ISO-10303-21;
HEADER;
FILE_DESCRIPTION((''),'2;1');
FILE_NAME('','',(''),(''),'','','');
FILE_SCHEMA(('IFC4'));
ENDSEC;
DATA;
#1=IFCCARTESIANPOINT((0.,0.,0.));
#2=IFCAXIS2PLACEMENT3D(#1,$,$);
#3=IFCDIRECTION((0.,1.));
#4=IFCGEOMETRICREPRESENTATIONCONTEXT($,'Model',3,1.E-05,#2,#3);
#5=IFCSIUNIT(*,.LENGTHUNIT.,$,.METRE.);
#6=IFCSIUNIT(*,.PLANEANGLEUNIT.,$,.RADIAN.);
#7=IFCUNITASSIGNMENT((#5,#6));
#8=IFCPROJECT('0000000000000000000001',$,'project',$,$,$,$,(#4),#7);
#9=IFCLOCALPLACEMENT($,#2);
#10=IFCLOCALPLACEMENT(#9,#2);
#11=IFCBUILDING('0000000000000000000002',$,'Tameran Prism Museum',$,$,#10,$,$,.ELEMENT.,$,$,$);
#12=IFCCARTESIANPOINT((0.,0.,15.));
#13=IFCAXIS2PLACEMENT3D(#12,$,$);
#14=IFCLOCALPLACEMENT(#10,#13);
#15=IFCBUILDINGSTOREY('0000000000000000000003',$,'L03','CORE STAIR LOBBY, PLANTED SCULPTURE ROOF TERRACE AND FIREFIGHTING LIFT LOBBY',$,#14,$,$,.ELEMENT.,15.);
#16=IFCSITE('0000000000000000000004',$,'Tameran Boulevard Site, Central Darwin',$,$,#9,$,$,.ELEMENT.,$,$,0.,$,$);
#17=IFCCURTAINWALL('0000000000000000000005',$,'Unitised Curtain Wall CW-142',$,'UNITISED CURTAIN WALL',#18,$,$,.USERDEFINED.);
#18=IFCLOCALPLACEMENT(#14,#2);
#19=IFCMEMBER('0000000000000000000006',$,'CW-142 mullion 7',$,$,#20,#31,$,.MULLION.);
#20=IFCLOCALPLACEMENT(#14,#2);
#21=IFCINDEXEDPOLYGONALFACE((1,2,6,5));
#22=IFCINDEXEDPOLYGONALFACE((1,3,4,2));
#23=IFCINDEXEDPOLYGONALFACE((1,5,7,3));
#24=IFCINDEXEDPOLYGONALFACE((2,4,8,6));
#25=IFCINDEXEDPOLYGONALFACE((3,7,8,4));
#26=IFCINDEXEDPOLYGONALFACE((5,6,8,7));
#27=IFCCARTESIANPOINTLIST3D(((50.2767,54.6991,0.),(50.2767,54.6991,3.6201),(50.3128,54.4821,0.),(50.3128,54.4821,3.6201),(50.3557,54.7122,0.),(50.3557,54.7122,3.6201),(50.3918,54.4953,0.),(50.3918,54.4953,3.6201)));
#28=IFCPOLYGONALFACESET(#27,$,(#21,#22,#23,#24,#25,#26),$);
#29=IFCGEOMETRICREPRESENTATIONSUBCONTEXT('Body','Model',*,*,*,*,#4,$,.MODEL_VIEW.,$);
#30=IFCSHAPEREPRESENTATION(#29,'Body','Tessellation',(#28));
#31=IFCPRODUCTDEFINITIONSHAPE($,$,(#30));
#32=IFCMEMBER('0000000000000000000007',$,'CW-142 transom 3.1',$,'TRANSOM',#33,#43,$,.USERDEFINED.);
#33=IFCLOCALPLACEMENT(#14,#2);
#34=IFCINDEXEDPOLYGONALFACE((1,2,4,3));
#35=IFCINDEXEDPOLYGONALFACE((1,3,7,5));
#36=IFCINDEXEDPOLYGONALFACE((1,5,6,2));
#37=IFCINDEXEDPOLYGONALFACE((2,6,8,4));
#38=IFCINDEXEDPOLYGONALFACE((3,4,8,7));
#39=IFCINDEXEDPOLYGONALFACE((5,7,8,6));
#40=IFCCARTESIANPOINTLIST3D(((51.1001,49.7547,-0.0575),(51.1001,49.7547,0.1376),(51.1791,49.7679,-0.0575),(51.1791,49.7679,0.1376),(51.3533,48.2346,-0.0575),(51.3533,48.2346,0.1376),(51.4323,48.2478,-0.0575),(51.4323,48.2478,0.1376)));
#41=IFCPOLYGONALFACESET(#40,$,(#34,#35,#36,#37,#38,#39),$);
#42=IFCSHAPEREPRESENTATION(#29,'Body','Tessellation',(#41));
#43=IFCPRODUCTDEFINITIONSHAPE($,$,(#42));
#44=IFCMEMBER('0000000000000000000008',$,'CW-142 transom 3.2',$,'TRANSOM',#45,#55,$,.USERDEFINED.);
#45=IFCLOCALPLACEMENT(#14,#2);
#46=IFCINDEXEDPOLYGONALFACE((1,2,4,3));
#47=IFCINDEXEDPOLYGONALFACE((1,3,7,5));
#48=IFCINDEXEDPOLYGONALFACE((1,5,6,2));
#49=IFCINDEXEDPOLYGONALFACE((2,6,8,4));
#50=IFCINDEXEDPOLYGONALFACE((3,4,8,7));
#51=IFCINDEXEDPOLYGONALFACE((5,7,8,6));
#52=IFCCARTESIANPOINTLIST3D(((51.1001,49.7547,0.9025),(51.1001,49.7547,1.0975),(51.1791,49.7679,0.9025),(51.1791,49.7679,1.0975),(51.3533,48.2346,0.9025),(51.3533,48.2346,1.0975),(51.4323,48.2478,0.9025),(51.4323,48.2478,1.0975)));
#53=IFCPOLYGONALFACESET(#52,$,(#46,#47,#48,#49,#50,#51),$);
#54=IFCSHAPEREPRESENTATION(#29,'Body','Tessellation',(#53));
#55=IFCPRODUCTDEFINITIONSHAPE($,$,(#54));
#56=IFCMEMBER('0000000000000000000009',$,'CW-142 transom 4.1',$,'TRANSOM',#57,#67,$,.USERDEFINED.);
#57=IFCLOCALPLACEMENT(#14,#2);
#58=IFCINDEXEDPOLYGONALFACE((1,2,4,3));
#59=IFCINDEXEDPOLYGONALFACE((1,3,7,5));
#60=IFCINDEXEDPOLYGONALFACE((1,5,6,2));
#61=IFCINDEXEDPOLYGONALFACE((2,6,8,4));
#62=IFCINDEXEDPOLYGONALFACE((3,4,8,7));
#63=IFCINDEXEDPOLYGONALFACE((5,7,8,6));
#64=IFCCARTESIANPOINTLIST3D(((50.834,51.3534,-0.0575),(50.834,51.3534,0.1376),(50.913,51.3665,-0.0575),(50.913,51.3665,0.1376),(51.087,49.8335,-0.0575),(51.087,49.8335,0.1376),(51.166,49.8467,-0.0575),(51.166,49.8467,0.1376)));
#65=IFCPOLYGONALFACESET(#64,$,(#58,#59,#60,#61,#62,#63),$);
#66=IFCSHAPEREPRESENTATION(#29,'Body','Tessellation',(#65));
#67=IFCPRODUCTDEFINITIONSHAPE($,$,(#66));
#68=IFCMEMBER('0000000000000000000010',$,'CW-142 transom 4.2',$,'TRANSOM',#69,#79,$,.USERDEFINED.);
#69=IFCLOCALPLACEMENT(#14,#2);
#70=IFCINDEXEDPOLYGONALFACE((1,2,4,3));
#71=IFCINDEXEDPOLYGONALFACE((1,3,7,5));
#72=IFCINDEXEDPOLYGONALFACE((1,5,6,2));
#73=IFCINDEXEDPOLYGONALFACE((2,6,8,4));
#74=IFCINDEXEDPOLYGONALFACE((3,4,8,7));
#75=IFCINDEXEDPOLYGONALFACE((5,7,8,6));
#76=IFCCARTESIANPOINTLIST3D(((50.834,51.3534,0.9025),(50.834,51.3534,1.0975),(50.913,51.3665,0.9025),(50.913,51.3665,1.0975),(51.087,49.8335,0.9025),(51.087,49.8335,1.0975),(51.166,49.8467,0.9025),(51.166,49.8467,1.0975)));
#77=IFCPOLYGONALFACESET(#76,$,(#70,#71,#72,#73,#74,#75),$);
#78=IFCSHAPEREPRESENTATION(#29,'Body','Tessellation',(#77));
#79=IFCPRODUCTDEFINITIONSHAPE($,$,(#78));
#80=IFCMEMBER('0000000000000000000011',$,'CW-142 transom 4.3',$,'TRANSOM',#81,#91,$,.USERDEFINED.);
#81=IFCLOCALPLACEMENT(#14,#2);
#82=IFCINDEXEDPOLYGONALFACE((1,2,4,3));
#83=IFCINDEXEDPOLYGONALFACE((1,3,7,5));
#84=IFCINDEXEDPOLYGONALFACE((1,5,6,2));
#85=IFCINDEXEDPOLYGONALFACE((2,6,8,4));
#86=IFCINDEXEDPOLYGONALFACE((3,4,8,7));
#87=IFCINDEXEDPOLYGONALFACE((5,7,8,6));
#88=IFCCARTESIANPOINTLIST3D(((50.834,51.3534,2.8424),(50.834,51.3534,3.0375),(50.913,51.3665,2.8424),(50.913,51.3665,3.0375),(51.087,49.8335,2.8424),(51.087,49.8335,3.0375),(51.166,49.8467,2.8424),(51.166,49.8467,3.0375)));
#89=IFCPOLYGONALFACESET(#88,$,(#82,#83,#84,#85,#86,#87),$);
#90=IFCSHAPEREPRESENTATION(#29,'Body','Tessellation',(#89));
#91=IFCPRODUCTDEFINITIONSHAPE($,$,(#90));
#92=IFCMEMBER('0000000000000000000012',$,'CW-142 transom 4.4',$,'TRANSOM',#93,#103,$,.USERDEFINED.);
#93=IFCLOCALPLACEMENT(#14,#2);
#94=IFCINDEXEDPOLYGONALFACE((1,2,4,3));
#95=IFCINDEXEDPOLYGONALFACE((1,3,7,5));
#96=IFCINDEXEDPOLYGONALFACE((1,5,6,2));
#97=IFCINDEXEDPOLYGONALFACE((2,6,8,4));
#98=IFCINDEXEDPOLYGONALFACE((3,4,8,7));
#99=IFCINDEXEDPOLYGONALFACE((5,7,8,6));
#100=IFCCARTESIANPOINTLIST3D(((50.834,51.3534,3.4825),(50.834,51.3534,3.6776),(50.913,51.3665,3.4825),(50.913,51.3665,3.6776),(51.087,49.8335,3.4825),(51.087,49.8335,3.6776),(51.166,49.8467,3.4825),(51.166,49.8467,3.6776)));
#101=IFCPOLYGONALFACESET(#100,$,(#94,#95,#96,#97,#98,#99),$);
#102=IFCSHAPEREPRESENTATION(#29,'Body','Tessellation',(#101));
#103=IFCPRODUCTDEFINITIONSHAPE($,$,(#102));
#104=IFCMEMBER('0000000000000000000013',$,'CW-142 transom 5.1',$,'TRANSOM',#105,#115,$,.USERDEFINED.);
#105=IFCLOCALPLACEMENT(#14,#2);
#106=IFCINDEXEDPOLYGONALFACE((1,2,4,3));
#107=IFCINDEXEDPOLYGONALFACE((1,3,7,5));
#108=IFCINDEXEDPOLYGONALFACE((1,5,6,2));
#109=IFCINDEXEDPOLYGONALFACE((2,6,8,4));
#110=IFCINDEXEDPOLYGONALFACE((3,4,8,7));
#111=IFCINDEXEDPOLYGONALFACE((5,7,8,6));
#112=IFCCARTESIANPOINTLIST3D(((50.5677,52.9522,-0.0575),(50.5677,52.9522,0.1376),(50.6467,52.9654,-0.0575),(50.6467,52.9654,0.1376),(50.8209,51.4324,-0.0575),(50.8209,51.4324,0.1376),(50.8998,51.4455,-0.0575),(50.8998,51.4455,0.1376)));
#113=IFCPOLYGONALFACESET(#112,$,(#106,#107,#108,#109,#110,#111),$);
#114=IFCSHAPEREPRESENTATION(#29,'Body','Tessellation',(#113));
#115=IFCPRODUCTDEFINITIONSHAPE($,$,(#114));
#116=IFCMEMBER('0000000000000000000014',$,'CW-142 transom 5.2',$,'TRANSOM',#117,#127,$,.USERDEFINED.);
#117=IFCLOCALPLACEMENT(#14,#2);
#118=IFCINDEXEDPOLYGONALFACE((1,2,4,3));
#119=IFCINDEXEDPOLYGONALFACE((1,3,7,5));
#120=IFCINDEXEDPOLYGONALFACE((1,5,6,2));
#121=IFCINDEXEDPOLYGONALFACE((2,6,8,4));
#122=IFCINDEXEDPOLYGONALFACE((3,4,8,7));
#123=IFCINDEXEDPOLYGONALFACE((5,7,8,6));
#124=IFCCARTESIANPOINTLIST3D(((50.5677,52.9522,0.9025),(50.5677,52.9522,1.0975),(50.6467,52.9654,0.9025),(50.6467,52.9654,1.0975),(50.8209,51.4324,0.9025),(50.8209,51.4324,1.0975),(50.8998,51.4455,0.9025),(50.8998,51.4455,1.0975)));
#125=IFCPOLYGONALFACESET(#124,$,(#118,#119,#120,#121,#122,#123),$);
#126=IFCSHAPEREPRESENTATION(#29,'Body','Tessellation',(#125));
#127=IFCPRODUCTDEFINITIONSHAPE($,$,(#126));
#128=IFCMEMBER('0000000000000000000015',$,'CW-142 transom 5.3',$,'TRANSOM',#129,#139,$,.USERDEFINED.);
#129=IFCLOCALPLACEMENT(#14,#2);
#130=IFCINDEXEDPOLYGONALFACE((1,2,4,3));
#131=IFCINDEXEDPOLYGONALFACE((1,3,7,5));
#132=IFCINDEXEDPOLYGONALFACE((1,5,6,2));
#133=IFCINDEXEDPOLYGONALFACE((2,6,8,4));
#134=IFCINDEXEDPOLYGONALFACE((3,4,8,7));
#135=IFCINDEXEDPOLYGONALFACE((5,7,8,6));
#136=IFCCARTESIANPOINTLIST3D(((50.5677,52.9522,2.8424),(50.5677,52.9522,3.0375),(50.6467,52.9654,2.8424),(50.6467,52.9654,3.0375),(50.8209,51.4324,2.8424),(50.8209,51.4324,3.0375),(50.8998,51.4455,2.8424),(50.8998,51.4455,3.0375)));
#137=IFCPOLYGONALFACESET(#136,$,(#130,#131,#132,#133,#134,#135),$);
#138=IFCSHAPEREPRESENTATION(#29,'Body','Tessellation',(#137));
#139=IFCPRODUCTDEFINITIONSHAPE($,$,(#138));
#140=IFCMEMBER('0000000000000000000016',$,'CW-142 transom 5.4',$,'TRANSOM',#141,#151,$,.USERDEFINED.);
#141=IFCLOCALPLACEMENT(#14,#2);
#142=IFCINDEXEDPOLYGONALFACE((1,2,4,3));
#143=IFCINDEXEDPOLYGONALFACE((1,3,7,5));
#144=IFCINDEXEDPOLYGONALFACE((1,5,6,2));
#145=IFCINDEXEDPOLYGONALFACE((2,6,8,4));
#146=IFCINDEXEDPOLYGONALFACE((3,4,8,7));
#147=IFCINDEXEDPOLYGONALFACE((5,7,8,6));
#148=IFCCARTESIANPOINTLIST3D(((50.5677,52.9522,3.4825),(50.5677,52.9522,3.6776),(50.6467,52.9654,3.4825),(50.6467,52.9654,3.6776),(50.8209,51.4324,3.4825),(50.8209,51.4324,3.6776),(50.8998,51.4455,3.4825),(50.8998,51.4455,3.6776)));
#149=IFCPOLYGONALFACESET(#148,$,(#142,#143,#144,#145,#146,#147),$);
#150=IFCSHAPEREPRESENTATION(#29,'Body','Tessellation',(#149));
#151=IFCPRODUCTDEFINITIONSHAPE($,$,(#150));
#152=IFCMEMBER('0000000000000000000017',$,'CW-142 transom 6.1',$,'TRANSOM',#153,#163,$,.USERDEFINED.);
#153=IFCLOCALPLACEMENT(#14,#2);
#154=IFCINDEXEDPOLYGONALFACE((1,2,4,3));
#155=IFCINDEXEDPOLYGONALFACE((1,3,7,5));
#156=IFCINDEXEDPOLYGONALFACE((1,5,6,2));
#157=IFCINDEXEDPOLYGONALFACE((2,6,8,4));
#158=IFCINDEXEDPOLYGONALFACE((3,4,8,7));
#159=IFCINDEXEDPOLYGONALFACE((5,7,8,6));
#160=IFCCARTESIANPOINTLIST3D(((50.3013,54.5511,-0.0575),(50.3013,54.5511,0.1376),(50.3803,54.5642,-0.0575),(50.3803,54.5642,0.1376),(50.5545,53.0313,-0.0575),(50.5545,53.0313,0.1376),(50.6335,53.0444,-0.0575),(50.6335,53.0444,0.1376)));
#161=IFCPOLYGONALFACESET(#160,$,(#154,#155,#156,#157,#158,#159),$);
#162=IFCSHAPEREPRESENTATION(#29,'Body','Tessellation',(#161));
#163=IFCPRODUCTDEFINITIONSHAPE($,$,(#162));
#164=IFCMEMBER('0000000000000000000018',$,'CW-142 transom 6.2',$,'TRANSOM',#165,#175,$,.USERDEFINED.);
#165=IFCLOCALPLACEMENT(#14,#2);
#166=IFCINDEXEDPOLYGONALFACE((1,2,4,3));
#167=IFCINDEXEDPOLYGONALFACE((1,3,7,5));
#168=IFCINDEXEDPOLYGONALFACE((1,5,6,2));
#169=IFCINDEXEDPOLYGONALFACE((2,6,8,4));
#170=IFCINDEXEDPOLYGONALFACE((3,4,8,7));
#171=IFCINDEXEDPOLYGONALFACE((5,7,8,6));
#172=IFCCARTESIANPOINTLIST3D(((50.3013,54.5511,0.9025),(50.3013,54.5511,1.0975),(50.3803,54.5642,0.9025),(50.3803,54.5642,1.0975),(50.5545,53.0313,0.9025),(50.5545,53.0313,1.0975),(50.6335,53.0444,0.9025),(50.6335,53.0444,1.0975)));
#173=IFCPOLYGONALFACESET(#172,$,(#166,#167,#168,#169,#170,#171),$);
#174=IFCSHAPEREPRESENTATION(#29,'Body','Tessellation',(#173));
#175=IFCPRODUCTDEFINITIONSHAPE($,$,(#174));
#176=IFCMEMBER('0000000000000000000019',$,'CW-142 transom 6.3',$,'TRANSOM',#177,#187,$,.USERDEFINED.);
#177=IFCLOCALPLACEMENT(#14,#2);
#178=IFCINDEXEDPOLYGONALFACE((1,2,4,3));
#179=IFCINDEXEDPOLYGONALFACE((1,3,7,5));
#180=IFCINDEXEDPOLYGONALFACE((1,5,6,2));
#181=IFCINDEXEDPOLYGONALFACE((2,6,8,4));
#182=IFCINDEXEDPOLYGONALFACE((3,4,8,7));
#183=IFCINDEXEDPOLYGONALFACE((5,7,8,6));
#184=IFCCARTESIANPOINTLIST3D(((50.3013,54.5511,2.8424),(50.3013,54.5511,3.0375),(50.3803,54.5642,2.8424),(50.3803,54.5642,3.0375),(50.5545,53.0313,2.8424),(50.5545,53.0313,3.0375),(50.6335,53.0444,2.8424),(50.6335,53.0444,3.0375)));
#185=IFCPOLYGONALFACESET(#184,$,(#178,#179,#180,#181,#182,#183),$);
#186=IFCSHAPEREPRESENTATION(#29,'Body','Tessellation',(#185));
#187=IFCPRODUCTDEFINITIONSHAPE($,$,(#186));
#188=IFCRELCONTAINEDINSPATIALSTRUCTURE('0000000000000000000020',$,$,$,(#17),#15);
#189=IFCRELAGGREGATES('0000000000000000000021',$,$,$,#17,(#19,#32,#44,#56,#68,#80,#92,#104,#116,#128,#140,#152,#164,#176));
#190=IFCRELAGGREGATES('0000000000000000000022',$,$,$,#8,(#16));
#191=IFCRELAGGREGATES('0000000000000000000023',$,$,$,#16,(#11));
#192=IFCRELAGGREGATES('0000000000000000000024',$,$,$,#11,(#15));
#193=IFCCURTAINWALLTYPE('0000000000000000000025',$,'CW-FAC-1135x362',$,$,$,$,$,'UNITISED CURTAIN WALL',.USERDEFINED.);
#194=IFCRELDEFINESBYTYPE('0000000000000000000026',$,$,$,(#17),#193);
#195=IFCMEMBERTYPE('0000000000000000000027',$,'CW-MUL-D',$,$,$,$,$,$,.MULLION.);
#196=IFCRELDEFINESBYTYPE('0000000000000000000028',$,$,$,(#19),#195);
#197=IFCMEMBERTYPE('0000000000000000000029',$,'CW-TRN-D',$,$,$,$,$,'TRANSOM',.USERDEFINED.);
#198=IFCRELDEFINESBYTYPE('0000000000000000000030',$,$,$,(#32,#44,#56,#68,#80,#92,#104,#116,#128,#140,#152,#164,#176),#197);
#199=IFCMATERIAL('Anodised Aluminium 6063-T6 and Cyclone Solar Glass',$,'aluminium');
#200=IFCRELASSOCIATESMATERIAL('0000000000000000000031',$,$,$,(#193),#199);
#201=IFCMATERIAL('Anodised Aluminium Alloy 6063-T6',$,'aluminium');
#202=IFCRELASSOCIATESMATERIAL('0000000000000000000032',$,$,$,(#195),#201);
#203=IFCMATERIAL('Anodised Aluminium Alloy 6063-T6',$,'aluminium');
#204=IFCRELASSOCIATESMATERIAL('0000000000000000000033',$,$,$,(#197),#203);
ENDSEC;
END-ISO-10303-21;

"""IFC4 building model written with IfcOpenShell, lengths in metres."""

from ifc_helpers import new_model, si_unit, direction, frame, origin, origin_2d, place, context, subcontext, project, spatial, rectangle, extrude, material, material_profile, profile_set, type_object, element, aggregate, save


model = new_model("IFC4")

# Units and contexts
model_context = context("Model", 3, precision=1e-05, world=origin(), true_north=direction((0.0, 1.0)))
body_context = subcontext(model_context, "Body", "Model", "MODEL_VIEW")
ifc_project = project(units=[si_unit("LENGTHUNIT", "METRE"), si_unit("PLANEANGLEUNIT", "RADIAN")], contexts=[model_context])

# Site, building, storey
site_placement = place(None, origin())
site = spatial("IfcSite", under=ifc_project, at=site_placement, Name="Tameran Boulevard Site, Central Darwin", CompositionType="ELEMENT", RefElevation=0.0)
building_placement = place(site_placement, origin())
building = spatial("IfcBuilding", under=site, at=building_placement, Name="Tameran Prism Museum", CompositionType="ELEMENT")
storey_placement = place(building_placement, frame((0.0, 0.0, 15.0)))
storey = spatial("IfcBuildingStorey", under=building, at=storey_placement, Name="L03", Description="CORE STAIR LOBBY, PLANTED SCULPTURE ROOF TERRACE AND FIREFIGHTING LIFT LOBBY", CompositionType="ELEMENT", Elevation=15.0)

# Curtain wall, members
ifc_material_1 = material(Name="Anodised Aluminium 6063-T6 and Cyclone Solar Glass", Category="aluminium")
curtain_wall_type = type_object("IfcCurtainWallType", Name="CW-FAC-1135x362", ElementType="UNITISED CURTAIN WALL", PredefinedType="USERDEFINED", material=ifc_material_1)
curtain_wall_placement = place(storey_placement, origin())
curtain_wall = element("IfcCurtainWall", 1, at=curtain_wall_placement, inside=storey, type_object=curtain_wall_type, Name="Unitised Curtain Wall CW-142", ObjectType="UNITISED CURTAIN WALL", PredefinedType="USERDEFINED")
ifc_material_2 = material(Name="Anodised Aluminium Alloy 6063-T6", Category="aluminium")
ifc_material_profile_1 = material_profile(ifc_material_2, rectangle(XDim=0.0801, YDim=0.22, at=origin_2d()))
ifc_profile_set_1 = profile_set([ifc_material_profile_1])
member_type_1 = type_object("IfcMemberType", Name="CW-MUL-D", PredefinedType="MULLION", material=ifc_profile_set_1)
member_1_placement = place(storey_placement, frame((50.3342, 54.5972, 0.0), z_axis=(0.0, 0.0, 1.0), x_axis=(-0.986413, -0.164285, 0.0)))
member_1 = element("IfcMember", 2, at=member_1_placement, type_object=member_type_1, Name="CW-142 mullion 7", PredefinedType="MULLION", context=body_context, shape_type="SweptSolid", body=[
    extrude(rectangle(XDim=0.0801, YDim=0.22, at=origin_2d()), origin(), (0.0, 0.0, 1.0), 3.6201),
])
ifc_material_3 = material(Name="Anodised Aluminium Alloy 6063-T6", Category="aluminium")
ifc_material_profile_2 = material_profile(ifc_material_3, rectangle(XDim=0.0801, YDim=0.1951, at=origin_2d()))
ifc_profile_set_2 = profile_set([ifc_material_profile_2])
member_type_2 = type_object("IfcMemberType", Name="CW-TRN-D", ElementType="TRANSOM", PredefinedType="USERDEFINED", material=ifc_profile_set_2)
member_2_placement = place(storey_placement, frame((51.3928, 48.2412, 0.04), z_axis=(-0.164296, 0.986411, 0.0), x_axis=(-0.986411, -0.164296, 0.0)))
member_2 = element("IfcMember", 3, at=member_2_placement, type_object=member_type_2, Name="CW-142 transom 3.1", ObjectType="TRANSOM", PredefinedType="USERDEFINED", context=body_context, shape_type="SweptSolid", body=[
    extrude(rectangle(XDim=0.0801, YDim=0.1951, at=origin_2d()), origin(), (0.0, 0.0, 1.0), 1.541),
])
member_3_placement = place(storey_placement, frame((51.3928, 48.2412, 1.0), z_axis=(-0.164296, 0.986411, 0.0), x_axis=(-0.986411, -0.164296, 0.0)))
member_3 = element("IfcMember", 4, at=member_3_placement, type_object=member_type_2, Name="CW-142 transom 3.2", ObjectType="TRANSOM", PredefinedType="USERDEFINED", context=body_context, shape_type="SweptSolid", body=[
    extrude(rectangle(XDim=0.0801, YDim=0.1951, at=origin_2d()), origin(), (0.0, 0.0, 1.0), 1.541),
])
member_4_placement = place(storey_placement, frame((51.1265, 49.8401, 0.04), z_axis=(-0.164168, 0.986432, 0.0), x_axis=(-0.986432, -0.164168, 0.0)))
member_4 = element("IfcMember", 5, at=member_4_placement, type_object=member_type_2, Name="CW-142 transom 4.1", ObjectType="TRANSOM", PredefinedType="USERDEFINED", context=body_context, shape_type="SweptSolid", body=[
    extrude(rectangle(XDim=0.0801, YDim=0.1951, at=origin_2d()), origin(), (0.0, 0.0, 1.0), 1.5408),
])
member_5_placement = place(storey_placement, frame((51.1265, 49.8401, 1.0), z_axis=(-0.164168, 0.986432, 0.0), x_axis=(-0.986432, -0.164168, 0.0)))
member_5 = element("IfcMember", 6, at=member_5_placement, type_object=member_type_2, Name="CW-142 transom 4.2", ObjectType="TRANSOM", PredefinedType="USERDEFINED", context=body_context, shape_type="SweptSolid", body=[
    extrude(rectangle(XDim=0.0801, YDim=0.1951, at=origin_2d()), origin(), (0.0, 0.0, 1.0), 1.5408),
])
member_6_placement = place(storey_placement, frame((51.1265, 49.8401, 2.9399), z_axis=(-0.164168, 0.986432, 0.0), x_axis=(-0.986432, -0.164168, 0.0)))
member_6 = element("IfcMember", 7, at=member_6_placement, type_object=member_type_2, Name="CW-142 transom 4.3", ObjectType="TRANSOM", PredefinedType="USERDEFINED", context=body_context, shape_type="SweptSolid", body=[
    extrude(rectangle(XDim=0.0801, YDim=0.1951, at=origin_2d()), origin(), (0.0, 0.0, 1.0), 1.5408),
])
member_7_placement = place(storey_placement, frame((51.1265, 49.8401, 3.5801), z_axis=(-0.164168, 0.986432, 0.0), x_axis=(-0.986432, -0.164168, 0.0)))
member_7 = element("IfcMember", 8, at=member_7_placement, type_object=member_type_2, Name="CW-142 transom 4.4", ObjectType="TRANSOM", PredefinedType="USERDEFINED", context=body_context, shape_type="SweptSolid", body=[
    extrude(rectangle(XDim=0.0801, YDim=0.1951, at=origin_2d()), origin(), (0.0, 0.0, 1.0), 1.5408),
])
member_8_placement = place(storey_placement, frame((50.8604, 51.439, 0.04), z_axis=(-0.164322, 0.986407, 0.0), x_axis=(-0.986407, -0.164322, 0.0)))
member_8 = element("IfcMember", 9, at=member_8_placement, type_object=member_type_2, Name="CW-142 transom 5.1", ObjectType="TRANSOM", PredefinedType="USERDEFINED", context=body_context, shape_type="SweptSolid", body=[
    extrude(rectangle(XDim=0.0801, YDim=0.1951, at=origin_2d()), origin(), (0.0, 0.0, 1.0), 1.5408),
])
member_9_placement = place(storey_placement, frame((50.8604, 51.439, 1.0), z_axis=(-0.164322, 0.986407, 0.0), x_axis=(-0.986407, -0.164322, 0.0)))
member_9 = element("IfcMember", 10, at=member_9_placement, type_object=member_type_2, Name="CW-142 transom 5.2", ObjectType="TRANSOM", PredefinedType="USERDEFINED", context=body_context, shape_type="SweptSolid", body=[
    extrude(rectangle(XDim=0.0801, YDim=0.1951, at=origin_2d()), origin(), (0.0, 0.0, 1.0), 1.5408),
])
member_10_placement = place(storey_placement, frame((50.8604, 51.439, 2.9399), z_axis=(-0.164322, 0.986407, 0.0), x_axis=(-0.986407, -0.164322, 0.0)))
member_10 = element("IfcMember", 11, at=member_10_placement, type_object=member_type_2, Name="CW-142 transom 5.3", ObjectType="TRANSOM", PredefinedType="USERDEFINED", context=body_context, shape_type="SweptSolid", body=[
    extrude(rectangle(XDim=0.0801, YDim=0.1951, at=origin_2d()), origin(), (0.0, 0.0, 1.0), 1.5408),
])
member_11_placement = place(storey_placement, frame((50.8604, 51.439, 3.5801), z_axis=(-0.164322, 0.986407, 0.0), x_axis=(-0.986407, -0.164322, 0.0)))
member_11 = element("IfcMember", 12, at=member_11_placement, type_object=member_type_2, Name="CW-142 transom 5.4", ObjectType="TRANSOM", PredefinedType="USERDEFINED", context=body_context, shape_type="SweptSolid", body=[
    extrude(rectangle(XDim=0.0801, YDim=0.1951, at=origin_2d()), origin(), (0.0, 0.0, 1.0), 1.5408),
])
member_12_placement = place(storey_placement, frame((50.594, 53.0378, 0.04), z_axis=(-0.164322, 0.986407, 0.0), x_axis=(-0.986407, -0.164322, 0.0)))
member_12 = element("IfcMember", 13, at=member_12_placement, type_object=member_type_2, Name="CW-142 transom 6.1", ObjectType="TRANSOM", PredefinedType="USERDEFINED", context=body_context, shape_type="SweptSolid", body=[
    extrude(rectangle(XDim=0.0801, YDim=0.1951, at=origin_2d()), origin(), (0.0, 0.0, 1.0), 1.5408),
])
member_13_placement = place(storey_placement, frame((50.594, 53.0378, 1.0), z_axis=(-0.164322, 0.986407, 0.0), x_axis=(-0.986407, -0.164322, 0.0)))
member_13 = element("IfcMember", 14, at=member_13_placement, type_object=member_type_2, Name="CW-142 transom 6.2", ObjectType="TRANSOM", PredefinedType="USERDEFINED", context=body_context, shape_type="SweptSolid", body=[
    extrude(rectangle(XDim=0.0801, YDim=0.1951, at=origin_2d()), origin(), (0.0, 0.0, 1.0), 1.5408),
])
member_14_placement = place(storey_placement, frame((50.594, 53.0378, 2.9399), z_axis=(-0.164322, 0.986407, 0.0), x_axis=(-0.986407, -0.164322, 0.0)))
member_14 = element("IfcMember", 15, at=member_14_placement, type_object=member_type_2, Name="CW-142 transom 6.3", ObjectType="TRANSOM", PredefinedType="USERDEFINED", context=body_context, shape_type="SweptSolid", body=[
    extrude(rectangle(XDim=0.0801, YDim=0.1951, at=origin_2d()), origin(), (0.0, 0.0, 1.0), 1.5408),
])
aggregate(curtain_wall, [member_1, member_2, member_3, member_4, member_5, member_6, member_7, member_8, member_9, member_10, member_11, member_12, member_13, member_14])

save(model, "model.ifc")
